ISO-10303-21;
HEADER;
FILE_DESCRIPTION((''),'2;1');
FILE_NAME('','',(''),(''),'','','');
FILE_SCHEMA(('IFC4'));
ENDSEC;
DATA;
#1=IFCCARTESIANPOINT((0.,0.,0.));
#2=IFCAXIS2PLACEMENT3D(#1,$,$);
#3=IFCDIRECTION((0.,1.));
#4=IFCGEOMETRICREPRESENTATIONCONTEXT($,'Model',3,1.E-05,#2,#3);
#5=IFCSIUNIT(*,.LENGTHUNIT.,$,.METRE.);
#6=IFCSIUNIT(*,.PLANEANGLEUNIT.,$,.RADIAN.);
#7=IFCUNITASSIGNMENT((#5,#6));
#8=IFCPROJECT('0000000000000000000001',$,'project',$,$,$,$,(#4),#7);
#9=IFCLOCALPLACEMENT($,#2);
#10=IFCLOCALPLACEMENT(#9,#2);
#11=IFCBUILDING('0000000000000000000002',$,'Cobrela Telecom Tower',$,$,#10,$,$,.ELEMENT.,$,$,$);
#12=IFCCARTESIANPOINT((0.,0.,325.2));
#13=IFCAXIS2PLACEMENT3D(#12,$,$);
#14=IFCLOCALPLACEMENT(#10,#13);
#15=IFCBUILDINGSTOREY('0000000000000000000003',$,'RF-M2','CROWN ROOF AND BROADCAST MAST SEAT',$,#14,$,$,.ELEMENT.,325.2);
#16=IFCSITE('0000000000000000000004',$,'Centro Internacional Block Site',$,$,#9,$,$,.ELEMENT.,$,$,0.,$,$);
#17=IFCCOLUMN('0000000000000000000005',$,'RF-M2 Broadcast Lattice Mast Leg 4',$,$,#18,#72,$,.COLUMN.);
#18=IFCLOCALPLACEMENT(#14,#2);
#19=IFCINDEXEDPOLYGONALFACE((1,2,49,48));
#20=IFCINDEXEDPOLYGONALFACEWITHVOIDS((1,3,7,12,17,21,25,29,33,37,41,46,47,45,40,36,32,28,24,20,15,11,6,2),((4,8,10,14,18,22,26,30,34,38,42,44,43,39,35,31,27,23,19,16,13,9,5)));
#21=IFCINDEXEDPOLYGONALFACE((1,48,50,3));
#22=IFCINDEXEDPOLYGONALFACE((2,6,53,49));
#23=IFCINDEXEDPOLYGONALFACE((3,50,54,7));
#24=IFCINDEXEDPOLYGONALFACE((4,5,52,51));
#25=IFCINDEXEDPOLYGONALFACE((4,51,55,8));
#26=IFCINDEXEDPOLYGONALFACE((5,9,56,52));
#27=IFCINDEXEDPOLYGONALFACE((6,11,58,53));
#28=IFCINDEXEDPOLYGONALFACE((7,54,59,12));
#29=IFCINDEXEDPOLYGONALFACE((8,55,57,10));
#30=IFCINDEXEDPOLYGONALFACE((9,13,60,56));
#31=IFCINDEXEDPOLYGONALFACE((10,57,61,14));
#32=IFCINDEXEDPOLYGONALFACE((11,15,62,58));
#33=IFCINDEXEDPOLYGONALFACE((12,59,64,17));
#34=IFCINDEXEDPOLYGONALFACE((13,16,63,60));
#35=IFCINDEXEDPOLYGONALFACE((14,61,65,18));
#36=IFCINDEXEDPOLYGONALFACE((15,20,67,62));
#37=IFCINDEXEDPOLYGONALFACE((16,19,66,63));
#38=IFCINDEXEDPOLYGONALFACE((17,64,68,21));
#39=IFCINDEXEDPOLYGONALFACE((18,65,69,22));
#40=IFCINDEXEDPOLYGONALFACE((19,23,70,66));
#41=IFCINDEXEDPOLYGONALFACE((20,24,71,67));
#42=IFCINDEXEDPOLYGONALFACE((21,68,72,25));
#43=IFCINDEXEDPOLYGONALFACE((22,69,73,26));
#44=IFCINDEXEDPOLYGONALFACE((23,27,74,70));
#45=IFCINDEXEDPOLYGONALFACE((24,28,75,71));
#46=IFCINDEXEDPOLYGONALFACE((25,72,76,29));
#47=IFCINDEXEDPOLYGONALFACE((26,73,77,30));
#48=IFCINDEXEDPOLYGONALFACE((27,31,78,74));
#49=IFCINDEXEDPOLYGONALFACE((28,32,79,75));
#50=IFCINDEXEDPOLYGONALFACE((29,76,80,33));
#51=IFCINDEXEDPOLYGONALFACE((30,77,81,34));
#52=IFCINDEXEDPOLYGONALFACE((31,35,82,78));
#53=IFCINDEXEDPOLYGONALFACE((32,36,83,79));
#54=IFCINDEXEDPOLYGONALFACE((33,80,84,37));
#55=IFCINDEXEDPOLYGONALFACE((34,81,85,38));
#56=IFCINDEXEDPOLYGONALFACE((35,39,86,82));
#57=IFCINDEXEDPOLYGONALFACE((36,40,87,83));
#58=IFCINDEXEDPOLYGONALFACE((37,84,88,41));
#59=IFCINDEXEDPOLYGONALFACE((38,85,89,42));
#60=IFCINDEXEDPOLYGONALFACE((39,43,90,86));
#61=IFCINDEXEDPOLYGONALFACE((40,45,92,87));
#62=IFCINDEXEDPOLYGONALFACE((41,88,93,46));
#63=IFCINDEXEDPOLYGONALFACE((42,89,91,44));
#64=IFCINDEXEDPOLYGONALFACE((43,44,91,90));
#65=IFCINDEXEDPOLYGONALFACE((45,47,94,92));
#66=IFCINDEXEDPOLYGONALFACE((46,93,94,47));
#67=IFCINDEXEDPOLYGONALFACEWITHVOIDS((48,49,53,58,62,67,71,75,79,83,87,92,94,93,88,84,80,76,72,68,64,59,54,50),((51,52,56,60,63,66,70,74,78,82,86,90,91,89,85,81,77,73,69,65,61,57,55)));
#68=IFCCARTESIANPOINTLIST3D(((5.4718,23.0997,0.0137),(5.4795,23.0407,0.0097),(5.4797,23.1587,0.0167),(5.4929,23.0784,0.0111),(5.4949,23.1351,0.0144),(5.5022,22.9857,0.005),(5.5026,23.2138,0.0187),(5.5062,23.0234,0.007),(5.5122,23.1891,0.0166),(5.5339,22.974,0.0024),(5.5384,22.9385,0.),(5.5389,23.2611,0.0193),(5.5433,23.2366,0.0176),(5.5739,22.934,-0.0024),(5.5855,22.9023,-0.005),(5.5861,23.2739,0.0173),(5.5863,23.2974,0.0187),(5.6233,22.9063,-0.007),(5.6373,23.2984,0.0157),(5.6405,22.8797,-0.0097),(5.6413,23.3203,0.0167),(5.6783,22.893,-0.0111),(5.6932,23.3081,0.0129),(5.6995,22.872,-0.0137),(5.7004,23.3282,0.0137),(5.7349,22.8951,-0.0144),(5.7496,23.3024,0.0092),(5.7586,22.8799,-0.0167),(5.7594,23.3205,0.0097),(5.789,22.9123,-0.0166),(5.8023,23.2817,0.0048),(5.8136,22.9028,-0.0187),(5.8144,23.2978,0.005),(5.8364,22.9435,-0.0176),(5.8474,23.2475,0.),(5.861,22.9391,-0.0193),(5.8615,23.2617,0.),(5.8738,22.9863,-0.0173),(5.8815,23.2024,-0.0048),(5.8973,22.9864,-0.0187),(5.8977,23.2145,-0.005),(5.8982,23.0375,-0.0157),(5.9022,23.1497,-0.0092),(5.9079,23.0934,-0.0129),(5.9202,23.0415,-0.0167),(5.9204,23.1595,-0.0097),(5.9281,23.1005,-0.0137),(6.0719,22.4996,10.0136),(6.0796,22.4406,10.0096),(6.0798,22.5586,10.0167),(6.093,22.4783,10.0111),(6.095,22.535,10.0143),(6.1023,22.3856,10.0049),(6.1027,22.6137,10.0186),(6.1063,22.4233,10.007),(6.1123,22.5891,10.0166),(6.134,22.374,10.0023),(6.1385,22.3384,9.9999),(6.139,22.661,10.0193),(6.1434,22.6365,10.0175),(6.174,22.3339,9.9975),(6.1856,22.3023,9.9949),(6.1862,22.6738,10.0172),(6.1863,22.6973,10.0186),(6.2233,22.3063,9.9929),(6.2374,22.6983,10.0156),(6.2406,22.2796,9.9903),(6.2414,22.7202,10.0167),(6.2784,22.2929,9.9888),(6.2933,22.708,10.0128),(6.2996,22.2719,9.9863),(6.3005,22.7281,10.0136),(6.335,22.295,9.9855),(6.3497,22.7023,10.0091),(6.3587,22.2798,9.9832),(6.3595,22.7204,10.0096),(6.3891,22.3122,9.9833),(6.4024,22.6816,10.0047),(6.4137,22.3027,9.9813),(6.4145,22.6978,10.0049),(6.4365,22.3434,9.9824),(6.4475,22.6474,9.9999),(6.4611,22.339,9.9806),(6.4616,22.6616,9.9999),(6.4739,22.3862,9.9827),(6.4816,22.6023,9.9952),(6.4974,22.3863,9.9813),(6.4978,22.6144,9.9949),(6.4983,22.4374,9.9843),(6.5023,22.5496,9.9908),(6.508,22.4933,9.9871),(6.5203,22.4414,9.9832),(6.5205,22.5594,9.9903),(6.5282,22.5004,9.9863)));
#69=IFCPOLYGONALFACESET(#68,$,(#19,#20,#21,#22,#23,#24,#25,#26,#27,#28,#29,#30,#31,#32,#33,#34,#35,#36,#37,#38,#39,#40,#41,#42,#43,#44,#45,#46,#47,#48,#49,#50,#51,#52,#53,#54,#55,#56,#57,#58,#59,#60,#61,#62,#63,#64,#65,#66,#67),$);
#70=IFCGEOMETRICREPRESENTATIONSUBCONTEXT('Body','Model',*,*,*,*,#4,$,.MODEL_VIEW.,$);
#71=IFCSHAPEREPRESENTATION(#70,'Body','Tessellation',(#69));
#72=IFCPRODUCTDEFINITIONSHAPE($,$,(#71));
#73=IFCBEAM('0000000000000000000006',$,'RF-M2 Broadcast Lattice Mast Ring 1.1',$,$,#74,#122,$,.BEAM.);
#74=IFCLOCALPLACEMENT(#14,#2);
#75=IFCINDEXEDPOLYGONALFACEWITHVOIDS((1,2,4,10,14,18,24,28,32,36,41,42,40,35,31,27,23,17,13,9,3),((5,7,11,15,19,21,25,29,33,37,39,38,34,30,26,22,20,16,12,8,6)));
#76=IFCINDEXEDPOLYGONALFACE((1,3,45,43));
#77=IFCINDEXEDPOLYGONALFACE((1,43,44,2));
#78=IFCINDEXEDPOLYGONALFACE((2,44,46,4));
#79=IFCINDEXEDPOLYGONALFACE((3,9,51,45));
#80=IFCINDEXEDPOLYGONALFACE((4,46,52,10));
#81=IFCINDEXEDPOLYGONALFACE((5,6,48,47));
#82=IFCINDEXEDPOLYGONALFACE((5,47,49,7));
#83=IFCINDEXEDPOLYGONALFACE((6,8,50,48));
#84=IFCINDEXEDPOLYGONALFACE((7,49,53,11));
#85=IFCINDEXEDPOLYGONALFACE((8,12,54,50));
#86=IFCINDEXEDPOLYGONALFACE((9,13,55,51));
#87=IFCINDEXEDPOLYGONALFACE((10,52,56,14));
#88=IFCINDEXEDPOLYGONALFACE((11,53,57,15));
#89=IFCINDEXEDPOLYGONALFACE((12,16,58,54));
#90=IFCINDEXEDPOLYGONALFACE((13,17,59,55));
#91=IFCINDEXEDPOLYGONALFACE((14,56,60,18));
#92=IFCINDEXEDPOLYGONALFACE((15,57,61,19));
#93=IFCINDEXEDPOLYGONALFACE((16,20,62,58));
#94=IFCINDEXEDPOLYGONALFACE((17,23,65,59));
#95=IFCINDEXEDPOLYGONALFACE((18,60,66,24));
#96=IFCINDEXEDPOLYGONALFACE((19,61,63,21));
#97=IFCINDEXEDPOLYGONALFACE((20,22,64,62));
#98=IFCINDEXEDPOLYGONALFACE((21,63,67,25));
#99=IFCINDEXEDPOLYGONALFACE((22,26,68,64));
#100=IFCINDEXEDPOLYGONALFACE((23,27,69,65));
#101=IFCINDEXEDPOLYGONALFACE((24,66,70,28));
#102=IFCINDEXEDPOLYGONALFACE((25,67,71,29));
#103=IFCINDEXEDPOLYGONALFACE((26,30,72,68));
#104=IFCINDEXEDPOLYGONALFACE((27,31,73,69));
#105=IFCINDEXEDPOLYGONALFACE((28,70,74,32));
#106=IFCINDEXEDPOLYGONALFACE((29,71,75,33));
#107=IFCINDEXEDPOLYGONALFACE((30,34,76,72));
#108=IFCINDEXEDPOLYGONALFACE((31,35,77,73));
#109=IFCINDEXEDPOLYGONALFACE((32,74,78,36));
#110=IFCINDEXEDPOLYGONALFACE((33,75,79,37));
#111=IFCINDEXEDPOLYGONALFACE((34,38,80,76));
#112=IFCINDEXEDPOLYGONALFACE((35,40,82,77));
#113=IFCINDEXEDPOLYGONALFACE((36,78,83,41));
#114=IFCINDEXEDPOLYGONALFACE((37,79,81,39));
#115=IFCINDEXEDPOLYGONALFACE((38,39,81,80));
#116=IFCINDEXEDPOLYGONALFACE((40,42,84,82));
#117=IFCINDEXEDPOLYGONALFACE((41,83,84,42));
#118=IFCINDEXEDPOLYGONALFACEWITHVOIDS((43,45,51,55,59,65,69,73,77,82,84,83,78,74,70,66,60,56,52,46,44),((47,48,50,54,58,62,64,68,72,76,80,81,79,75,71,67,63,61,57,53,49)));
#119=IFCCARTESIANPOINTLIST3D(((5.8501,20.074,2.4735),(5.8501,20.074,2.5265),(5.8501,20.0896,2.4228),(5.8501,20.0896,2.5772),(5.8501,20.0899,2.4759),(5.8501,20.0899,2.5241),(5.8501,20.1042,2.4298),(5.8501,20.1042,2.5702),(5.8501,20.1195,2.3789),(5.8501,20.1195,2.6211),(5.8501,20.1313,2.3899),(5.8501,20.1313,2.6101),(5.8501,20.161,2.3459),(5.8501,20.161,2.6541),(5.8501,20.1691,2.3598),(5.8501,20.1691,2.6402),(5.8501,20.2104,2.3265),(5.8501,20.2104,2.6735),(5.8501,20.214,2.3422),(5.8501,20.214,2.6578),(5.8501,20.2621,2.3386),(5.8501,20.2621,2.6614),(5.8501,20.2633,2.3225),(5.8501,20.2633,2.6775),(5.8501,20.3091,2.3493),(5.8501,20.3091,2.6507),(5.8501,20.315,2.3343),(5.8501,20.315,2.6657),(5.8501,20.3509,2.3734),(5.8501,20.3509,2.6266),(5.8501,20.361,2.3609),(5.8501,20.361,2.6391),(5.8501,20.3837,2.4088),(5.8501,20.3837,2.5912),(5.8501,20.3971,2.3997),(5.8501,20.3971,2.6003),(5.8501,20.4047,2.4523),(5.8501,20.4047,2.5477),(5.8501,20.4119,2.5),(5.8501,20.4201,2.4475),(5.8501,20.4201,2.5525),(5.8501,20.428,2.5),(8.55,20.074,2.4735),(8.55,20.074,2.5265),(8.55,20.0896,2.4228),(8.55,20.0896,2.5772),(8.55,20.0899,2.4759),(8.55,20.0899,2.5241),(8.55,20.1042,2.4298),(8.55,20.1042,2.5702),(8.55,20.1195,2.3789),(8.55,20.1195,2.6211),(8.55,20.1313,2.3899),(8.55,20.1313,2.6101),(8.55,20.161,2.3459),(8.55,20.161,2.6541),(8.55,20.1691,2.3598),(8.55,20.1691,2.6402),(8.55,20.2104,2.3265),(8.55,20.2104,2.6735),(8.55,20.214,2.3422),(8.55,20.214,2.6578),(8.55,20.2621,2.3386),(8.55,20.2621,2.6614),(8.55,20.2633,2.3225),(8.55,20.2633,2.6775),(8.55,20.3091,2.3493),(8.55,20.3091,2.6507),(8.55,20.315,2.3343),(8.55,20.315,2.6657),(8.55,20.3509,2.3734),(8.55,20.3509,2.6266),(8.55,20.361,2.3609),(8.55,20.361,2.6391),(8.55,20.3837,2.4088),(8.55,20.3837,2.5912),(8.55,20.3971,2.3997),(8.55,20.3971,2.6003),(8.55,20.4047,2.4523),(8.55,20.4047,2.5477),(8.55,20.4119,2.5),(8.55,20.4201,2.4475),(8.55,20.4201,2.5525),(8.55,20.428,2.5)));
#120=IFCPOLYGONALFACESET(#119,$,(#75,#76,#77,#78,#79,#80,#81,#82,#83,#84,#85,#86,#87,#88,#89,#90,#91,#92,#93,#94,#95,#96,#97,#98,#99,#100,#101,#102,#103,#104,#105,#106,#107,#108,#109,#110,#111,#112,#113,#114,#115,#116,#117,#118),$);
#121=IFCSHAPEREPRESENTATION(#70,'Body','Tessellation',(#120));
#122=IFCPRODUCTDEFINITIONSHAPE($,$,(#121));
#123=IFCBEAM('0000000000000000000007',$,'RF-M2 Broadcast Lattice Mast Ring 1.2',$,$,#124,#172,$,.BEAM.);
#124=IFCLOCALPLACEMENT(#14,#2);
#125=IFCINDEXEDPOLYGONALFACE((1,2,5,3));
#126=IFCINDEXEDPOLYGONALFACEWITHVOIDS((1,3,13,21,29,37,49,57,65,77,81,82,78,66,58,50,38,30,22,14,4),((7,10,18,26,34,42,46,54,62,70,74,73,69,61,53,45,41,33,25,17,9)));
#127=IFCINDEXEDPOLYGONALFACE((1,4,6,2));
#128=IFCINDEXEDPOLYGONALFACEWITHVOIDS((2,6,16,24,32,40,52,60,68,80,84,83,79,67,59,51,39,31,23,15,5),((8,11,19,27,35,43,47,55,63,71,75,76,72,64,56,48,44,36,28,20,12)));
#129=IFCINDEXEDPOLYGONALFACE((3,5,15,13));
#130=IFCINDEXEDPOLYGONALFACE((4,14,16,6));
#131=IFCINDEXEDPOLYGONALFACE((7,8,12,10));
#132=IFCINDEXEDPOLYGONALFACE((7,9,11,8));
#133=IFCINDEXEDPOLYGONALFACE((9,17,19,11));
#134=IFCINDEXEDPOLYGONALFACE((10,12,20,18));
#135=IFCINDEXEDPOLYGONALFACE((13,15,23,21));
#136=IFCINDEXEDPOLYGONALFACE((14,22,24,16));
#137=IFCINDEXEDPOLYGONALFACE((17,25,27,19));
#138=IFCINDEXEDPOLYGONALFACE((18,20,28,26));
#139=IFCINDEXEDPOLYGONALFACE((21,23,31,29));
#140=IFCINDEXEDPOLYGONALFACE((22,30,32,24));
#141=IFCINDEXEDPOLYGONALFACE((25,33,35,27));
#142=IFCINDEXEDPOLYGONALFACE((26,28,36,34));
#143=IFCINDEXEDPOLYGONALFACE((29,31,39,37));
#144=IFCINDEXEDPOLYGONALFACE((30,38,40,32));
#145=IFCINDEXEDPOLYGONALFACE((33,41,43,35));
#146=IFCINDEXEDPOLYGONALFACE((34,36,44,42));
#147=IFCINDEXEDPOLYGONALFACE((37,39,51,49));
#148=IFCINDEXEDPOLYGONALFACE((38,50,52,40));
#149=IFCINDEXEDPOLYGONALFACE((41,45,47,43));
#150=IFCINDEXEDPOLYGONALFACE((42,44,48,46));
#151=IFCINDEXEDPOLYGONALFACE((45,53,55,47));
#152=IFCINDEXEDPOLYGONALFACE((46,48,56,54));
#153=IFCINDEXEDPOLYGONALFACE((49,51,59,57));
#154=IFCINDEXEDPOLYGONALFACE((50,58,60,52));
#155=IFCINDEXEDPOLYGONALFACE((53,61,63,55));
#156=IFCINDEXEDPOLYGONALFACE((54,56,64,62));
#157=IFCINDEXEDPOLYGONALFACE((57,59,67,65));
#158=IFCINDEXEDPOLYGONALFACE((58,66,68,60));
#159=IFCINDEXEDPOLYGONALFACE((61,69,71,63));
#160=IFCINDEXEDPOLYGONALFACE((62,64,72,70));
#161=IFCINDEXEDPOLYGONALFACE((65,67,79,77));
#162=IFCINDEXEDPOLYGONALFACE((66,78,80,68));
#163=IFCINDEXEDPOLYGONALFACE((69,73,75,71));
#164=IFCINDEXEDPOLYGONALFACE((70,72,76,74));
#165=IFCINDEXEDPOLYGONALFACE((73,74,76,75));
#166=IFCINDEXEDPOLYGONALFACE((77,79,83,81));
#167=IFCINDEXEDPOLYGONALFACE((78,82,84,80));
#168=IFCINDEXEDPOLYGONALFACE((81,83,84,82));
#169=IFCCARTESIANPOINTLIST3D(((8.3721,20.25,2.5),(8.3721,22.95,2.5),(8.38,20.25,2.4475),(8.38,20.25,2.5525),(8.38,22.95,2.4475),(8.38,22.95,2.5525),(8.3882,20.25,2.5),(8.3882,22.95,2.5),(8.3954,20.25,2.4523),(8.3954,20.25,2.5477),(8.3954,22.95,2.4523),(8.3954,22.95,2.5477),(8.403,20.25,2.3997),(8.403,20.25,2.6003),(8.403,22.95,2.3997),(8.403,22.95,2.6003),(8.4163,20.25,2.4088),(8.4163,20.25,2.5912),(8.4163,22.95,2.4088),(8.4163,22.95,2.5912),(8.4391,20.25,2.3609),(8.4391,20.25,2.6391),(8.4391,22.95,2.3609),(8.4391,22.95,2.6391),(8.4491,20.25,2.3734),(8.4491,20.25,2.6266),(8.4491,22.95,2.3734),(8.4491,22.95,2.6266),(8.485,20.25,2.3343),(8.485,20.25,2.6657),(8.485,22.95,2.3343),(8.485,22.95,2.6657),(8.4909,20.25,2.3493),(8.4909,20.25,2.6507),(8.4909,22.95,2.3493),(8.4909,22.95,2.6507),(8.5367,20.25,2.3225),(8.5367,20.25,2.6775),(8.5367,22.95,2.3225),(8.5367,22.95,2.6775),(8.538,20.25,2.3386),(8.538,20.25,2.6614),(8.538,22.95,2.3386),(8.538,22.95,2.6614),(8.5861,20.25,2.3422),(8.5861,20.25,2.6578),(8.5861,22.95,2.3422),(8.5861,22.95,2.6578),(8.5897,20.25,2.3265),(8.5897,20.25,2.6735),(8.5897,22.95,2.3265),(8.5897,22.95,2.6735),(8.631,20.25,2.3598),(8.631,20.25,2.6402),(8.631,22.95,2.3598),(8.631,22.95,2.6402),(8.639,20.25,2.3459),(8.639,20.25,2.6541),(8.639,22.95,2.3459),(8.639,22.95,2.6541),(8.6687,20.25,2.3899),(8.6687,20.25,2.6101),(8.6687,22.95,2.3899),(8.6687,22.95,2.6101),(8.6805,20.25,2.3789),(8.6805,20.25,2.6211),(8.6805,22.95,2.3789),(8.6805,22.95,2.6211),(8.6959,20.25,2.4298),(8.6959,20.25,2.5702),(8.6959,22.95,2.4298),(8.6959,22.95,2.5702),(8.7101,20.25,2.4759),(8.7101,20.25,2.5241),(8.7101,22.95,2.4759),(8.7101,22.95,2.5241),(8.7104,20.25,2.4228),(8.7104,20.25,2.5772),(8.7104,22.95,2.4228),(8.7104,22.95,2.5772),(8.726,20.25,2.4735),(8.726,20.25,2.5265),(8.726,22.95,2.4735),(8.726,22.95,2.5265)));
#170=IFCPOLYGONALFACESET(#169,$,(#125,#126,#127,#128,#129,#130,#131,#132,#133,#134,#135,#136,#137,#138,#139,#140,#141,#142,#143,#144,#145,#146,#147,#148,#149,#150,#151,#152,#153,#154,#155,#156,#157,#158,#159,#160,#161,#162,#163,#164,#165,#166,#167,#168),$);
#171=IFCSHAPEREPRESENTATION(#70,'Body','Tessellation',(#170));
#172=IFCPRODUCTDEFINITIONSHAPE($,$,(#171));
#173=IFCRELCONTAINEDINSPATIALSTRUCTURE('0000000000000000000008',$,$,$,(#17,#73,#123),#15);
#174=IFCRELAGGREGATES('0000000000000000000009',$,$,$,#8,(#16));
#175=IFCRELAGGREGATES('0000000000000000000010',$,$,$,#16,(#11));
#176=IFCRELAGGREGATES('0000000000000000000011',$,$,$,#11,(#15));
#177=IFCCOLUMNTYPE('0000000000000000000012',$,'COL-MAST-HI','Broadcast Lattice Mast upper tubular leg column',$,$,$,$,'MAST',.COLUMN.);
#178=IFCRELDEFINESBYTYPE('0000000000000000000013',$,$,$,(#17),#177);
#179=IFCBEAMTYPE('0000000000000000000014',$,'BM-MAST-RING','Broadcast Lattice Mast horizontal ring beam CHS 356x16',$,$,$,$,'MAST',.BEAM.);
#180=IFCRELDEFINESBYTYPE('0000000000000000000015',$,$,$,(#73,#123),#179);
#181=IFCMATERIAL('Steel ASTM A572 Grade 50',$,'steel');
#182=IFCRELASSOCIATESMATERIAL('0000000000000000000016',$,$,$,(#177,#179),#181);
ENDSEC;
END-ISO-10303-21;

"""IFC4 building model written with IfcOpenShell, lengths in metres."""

from ifc_helpers import new_model, si_unit, direction, frame, origin, origin_2d, place, context, subcontext, project, spatial, hollow_circle, extrude, material, material_profile, profile_set, type_object, element, save


model = new_model("IFC4")

# Units and contexts
model_context = context("Model", 3, precision=1e-05, world=origin(), true_north=direction((0.0, 1.0)))
body_context = subcontext(model_context, "Body", "Model", "MODEL_VIEW")
ifc_project = project(units=[si_unit("LENGTHUNIT", "METRE"), si_unit("PLANEANGLEUNIT", "RADIAN")], contexts=[model_context])

# Site, building, storey
site_placement = place(None, origin())
site = spatial("IfcSite", under=ifc_project, at=site_placement, Name="Centro Internacional Block Site", CompositionType="ELEMENT", RefElevation=0.0)
building_placement = place(site_placement, origin())
building = spatial("IfcBuilding", under=site, at=building_placement, Name="Cobrela Telecom Tower", CompositionType="ELEMENT")
storey_placement = place(building_placement, frame((0.0, 0.0, 325.2)))
storey = spatial("IfcBuildingStorey", under=building, at=storey_placement, Name="RF-M2", Description="CROWN ROOF AND BROADCAST MAST SEAT", CompositionType="ELEMENT", Elevation=325.2)

# Column
ifc_material = material(Name="Steel ASTM A572 Grade 50", Category="steel")
ifc_material_profile_1 = material_profile(ifc_material, hollow_circle(Radius=0.2285, WallThickness=0.02, at=origin_2d()), Name="CHS 457x20")
ifc_profile_set_1 = profile_set([ifc_material_profile_1], Name="Steel ASTM A572 Grade 50")
column_type = type_object("IfcColumnType", Name="COL-MAST-HI", Description="Broadcast Lattice Mast upper tubular leg column", ElementType="MAST", PredefinedType="COLUMN", material=ifc_profile_set_1)
for number, where, z_axis, x_axis, name in (
    (1, (5.7, 23.1001, 0.0), (0.059795, -0.059795, 0.996418), (0.707107, 0.707107, 0.0), "RF-M2 Broadcast Lattice Mast Leg 4"),
):
    element("IfcColumn", number, at=place(storey_placement, frame(where, z_axis=z_axis, x_axis=x_axis)), inside=storey, type_object=column_type, Name=name, PredefinedType="COLUMN", context=body_context, shape_type="SweptSolid", body=[
        extrude(hollow_circle(Radius=0.2285, WallThickness=0.02, at=origin_2d()), origin(), (0.0, 0.0, 1.0), 10.0359),
    ])

# Beams
ifc_material_profile_2 = material_profile(ifc_material, hollow_circle(Radius=0.178, WallThickness=0.0161, at=origin_2d()), Name="CHS 356x16")
ifc_profile_set_2 = profile_set([ifc_material_profile_2], Name="Steel ASTM A572 Grade 50")
beam_type = type_object("IfcBeamType", Name="BM-MAST-RING", Description="Broadcast Lattice Mast horizontal ring beam CHS 356x16", ElementType="MAST", PredefinedType="BEAM", material=ifc_profile_set_2)
for number, where, z_axis, x_axis, name in (
    (2, (5.8501, 20.25, 2.5), (1.0, 0.0, 0.0), (0.0, 1.0, 0.0), "RF-M2 Broadcast Lattice Mast Ring 1.1"),
    (3, (8.55, 20.25, 2.5), (0.0, 1.0, 0.0), (-1.0, 0.0, 0.0), "RF-M2 Broadcast Lattice Mast Ring 1.2"),
):
    element("IfcBeam", number, at=place(storey_placement, frame(where, z_axis=z_axis, x_axis=x_axis)), inside=storey, type_object=beam_type, Name=name, PredefinedType="BEAM", context=body_context, shape_type="SweptSolid", body=[
        extrude(hollow_circle(Radius=0.178, WallThickness=0.0161, at=origin_2d()), origin(), (0.0, 0.0, 1.0), 2.7),
    ])

save(model, "model.ifc")
